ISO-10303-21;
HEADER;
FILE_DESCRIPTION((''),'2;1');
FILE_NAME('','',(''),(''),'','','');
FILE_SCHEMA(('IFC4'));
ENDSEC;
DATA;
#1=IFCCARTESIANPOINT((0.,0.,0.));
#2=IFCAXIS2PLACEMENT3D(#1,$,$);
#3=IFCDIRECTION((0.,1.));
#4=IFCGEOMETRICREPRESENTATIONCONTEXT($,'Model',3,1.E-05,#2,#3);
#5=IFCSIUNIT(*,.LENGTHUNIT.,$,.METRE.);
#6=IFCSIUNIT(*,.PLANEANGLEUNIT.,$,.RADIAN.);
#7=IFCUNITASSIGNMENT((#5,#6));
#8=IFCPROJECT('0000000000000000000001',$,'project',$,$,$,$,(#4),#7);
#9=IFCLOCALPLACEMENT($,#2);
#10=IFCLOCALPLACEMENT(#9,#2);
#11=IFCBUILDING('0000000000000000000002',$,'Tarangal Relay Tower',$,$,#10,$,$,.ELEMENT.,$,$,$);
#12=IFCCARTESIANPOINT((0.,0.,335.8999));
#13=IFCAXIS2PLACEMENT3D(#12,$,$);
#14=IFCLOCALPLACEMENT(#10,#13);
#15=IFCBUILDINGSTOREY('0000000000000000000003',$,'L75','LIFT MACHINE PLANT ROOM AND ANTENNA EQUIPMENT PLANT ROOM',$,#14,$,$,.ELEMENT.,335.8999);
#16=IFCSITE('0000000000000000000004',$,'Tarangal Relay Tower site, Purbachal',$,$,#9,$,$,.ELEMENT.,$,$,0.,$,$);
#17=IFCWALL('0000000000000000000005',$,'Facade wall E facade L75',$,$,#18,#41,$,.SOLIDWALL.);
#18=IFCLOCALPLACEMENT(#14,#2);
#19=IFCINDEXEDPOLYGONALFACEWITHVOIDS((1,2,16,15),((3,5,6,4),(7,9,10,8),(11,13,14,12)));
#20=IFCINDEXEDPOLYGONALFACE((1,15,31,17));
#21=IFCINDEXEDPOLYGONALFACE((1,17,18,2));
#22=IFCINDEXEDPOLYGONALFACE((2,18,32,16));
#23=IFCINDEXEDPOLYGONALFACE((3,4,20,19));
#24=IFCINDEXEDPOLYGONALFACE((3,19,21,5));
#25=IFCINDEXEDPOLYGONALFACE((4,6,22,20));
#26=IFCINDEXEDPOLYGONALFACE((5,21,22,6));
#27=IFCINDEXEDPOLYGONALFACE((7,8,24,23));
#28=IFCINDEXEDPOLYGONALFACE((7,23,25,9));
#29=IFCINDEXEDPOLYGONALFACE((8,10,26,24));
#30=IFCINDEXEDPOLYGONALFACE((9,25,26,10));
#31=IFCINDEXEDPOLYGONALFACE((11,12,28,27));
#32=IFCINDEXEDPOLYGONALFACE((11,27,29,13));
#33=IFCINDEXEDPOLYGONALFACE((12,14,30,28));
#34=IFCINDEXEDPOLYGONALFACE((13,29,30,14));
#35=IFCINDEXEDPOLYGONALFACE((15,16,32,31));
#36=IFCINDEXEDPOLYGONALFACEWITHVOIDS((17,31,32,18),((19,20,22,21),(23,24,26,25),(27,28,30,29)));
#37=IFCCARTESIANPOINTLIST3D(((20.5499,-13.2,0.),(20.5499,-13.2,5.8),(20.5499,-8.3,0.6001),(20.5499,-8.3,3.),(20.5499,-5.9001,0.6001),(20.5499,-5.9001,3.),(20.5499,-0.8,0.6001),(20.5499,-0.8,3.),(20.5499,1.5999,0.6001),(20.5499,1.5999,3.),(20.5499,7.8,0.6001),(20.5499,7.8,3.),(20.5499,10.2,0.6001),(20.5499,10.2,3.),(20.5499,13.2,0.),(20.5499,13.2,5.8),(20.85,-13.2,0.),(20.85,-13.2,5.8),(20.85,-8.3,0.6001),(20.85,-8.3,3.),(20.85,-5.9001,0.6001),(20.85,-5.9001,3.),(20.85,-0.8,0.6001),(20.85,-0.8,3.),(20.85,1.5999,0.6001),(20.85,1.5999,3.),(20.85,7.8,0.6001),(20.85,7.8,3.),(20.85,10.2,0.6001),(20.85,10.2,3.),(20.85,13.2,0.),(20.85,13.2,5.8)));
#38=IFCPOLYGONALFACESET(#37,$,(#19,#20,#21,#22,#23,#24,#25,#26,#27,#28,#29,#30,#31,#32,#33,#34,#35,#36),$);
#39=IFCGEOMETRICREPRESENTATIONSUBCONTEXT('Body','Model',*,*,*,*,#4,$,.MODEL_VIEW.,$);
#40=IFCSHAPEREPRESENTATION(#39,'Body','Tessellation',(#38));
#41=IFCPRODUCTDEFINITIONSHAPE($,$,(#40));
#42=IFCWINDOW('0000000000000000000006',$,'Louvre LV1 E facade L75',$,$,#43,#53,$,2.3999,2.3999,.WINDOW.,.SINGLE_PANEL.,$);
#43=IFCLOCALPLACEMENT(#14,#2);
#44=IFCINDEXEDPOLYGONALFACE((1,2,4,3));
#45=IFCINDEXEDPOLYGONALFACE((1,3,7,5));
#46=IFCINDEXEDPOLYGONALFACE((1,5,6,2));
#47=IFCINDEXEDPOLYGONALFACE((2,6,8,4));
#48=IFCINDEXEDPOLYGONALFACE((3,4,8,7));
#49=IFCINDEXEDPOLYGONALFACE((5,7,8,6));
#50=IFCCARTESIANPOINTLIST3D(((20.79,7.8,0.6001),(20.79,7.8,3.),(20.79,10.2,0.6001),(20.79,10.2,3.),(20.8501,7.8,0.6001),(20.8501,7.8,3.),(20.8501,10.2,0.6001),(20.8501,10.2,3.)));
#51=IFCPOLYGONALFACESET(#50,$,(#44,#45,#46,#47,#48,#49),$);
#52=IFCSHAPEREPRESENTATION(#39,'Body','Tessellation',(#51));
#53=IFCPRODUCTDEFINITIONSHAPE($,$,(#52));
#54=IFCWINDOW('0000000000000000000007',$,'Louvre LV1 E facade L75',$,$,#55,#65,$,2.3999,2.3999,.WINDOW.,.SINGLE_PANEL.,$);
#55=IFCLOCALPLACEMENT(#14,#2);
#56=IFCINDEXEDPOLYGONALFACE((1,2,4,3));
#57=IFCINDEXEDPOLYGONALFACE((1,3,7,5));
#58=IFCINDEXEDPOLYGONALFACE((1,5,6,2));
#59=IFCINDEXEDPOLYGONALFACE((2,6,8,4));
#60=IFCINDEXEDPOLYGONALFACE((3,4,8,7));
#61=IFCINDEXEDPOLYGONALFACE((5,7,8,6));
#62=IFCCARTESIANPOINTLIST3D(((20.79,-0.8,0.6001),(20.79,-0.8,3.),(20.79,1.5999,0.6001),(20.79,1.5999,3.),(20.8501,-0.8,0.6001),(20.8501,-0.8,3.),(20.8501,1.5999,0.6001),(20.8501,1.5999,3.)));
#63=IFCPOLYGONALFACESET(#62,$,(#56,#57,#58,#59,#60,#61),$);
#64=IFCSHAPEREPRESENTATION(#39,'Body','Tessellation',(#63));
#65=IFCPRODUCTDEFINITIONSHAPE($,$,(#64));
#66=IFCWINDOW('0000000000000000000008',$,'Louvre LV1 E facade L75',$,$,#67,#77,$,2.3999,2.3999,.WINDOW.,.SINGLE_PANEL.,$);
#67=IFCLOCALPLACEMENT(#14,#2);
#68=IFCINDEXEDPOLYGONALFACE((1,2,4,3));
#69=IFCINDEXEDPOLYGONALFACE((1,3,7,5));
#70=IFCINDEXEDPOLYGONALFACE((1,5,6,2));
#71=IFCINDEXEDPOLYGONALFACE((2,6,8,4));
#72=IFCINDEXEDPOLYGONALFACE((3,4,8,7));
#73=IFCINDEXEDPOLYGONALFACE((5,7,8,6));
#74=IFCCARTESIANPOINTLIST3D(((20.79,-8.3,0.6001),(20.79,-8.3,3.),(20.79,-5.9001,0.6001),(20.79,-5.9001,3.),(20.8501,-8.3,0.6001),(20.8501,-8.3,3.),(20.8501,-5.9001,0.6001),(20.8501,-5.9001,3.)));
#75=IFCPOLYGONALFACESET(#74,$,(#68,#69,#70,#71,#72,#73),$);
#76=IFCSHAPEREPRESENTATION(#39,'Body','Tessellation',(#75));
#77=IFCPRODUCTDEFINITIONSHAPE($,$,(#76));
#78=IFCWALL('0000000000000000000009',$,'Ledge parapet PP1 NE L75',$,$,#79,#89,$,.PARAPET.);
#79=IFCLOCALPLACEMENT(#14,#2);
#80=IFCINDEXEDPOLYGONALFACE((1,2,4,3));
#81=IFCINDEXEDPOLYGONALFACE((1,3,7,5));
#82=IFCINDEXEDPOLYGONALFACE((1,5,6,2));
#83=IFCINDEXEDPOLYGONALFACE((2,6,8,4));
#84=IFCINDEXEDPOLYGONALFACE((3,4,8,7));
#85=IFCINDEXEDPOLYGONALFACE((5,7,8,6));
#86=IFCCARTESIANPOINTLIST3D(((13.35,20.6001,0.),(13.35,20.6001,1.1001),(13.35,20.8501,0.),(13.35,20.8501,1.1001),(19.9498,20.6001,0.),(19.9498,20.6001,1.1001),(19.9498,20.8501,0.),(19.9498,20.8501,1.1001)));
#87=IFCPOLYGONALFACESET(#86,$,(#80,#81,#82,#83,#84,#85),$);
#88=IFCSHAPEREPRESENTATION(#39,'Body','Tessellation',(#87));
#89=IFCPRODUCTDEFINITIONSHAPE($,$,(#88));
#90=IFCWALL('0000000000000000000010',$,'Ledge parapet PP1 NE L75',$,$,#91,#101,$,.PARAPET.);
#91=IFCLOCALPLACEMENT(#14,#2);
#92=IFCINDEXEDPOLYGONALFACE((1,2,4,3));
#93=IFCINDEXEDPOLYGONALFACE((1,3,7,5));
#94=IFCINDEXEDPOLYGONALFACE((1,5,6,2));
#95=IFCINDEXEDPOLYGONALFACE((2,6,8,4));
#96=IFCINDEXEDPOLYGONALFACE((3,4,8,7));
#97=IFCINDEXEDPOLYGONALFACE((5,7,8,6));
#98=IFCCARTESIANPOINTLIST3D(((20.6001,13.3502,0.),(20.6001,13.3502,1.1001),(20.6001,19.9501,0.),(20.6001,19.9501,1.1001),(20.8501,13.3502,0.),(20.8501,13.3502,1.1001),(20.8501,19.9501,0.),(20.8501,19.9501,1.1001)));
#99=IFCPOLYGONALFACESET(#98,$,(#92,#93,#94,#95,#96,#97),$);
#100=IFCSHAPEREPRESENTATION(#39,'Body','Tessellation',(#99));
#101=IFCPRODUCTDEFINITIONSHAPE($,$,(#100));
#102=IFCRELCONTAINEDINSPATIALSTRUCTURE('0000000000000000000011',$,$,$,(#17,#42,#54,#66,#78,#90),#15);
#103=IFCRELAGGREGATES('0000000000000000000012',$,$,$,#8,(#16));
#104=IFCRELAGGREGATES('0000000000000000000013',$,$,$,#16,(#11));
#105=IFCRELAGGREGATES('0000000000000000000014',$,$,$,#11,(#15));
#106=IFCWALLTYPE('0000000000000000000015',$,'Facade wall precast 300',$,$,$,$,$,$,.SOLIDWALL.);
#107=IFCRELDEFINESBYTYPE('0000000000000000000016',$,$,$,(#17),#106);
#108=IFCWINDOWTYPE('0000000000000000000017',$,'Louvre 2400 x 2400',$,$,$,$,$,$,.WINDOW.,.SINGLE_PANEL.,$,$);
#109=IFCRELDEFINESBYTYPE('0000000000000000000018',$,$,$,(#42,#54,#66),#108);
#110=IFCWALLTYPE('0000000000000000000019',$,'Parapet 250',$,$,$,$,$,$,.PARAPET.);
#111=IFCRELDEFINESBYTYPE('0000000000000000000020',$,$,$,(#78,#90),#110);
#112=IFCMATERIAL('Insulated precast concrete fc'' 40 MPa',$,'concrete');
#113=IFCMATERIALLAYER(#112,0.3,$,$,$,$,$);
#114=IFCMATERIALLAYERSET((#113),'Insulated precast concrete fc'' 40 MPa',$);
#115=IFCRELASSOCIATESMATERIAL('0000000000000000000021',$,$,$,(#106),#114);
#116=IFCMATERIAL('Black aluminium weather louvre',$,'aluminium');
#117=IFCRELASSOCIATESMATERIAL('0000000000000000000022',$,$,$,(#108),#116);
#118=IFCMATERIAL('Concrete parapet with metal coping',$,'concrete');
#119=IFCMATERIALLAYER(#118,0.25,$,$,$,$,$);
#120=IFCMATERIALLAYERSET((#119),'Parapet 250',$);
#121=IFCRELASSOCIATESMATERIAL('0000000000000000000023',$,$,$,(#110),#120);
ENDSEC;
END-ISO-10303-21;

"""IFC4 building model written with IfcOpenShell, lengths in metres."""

from ifc_helpers import new_model, si_unit, direction, frame, frame_2d, origin, place, context, subcontext, project, spatial, rectangle, extrude, material, layer, layer_set, type_object, element, fill, save


model = new_model("IFC4")

# Units and contexts
model_context = context("Model", 3, precision=1e-05, world=origin(), true_north=direction((0.0, 1.0)))
body_context = subcontext(model_context, "Body", "Model", "MODEL_VIEW")
ifc_project = project(units=[si_unit("LENGTHUNIT", "METRE"), si_unit("PLANEANGLEUNIT", "RADIAN")], contexts=[model_context])

# Site, building, storey
site_placement = place(None, origin())
site = spatial("IfcSite", under=ifc_project, at=site_placement, Name="Tarangal Relay Tower site, Purbachal", CompositionType="ELEMENT", RefElevation=0.0)
building_placement = place(site_placement, origin())
building = spatial("IfcBuilding", under=site, at=building_placement, Name="Tarangal Relay Tower", CompositionType="ELEMENT")
storey_placement = place(building_placement, frame((0.0, 0.0, 335.8999)))
storey = spatial("IfcBuildingStorey", under=building, at=storey_placement, Name="L75", Description="LIFT MACHINE PLANT ROOM AND ANTENNA EQUIPMENT PLANT ROOM", CompositionType="ELEMENT", Elevation=335.8999)

# Shared definitions
ifc_material_1 = material(Name="Insulated precast concrete fc' 40 MPa", Category="concrete")
ifc_layer_1 = layer(ifc_material_1, 0.3)
ifc_layer_set_1 = layer_set([ifc_layer_1], Name="Insulated precast concrete fc' 40 MPa")
wall_type_1 = type_object("IfcWallType", Name="Facade wall precast 300", PredefinedType="SOLIDWALL", material=ifc_layer_set_1)

# Wall, openings, windows
wall_1_placement = place(storey_placement, frame((20.7, 13.2, 0.0), z_axis=(0.0, 0.0, 1.0), x_axis=(0.0, -1.0, 0.0)))
wall_1 = element("IfcWall", 1, at=wall_1_placement, inside=storey, type_object=wall_type_1, Name="Facade wall E facade L75", PredefinedType="SOLIDWALL", context=body_context, shape_type="SweptSolid", body=[
    extrude(rectangle(XDim=26.3999, YDim=0.3, at=frame_2d((13.2, 0.0))), origin(), (0.0, 0.0, 1.0), 5.8),
])
opening_1_placement = place(wall_1_placement, frame((3.0, 0.0, 0.6001)))
opening_1 = element("IfcOpeningElement", 2, at=opening_1_placement, cuts=wall_1, PredefinedType="OPENING", context=body_context, shape_type="SweptSolid", body=[
    extrude(rectangle(XDim=2.3999, YDim=2.3999, at=frame_2d((1.2, 1.2))), frame((0.0, 0.1599, 0.0), z_axis=(0.0, -1.0, 0.0), x_axis=(1.0, 0.0, 0.0)), (0.0, 0.0, 1.0), 0.3201),
])
opening_2_placement = place(wall_1_placement, frame((11.6001, 0.0, 0.6001)))
opening_2 = element("IfcOpeningElement", 3, at=opening_2_placement, cuts=wall_1, PredefinedType="OPENING", context=body_context, shape_type="SweptSolid", body=[
    extrude(rectangle(XDim=2.3999, YDim=2.3999, at=frame_2d((1.2, 1.2))), frame((0.0, 0.1599, 0.0), z_axis=(0.0, -1.0, 0.0), x_axis=(1.0, 0.0, 0.0)), (0.0, 0.0, 1.0), 0.3201),
])
opening_3_placement = place(wall_1_placement, frame((19.1001, 0.0, 0.6001)))
opening_3 = element("IfcOpeningElement", 4, at=opening_3_placement, cuts=wall_1, PredefinedType="OPENING", context=body_context, shape_type="SweptSolid", body=[
    extrude(rectangle(XDim=2.3999, YDim=2.3999, at=frame_2d((1.2, 1.2))), frame((0.0, 0.1599, 0.0), z_axis=(0.0, -1.0, 0.0), x_axis=(1.0, 0.0, 0.0)), (0.0, 0.0, 1.0), 0.3201),
])
ifc_material_2 = material(Name="Black aluminium weather louvre", Category="aluminium")
window_type = type_object("IfcWindowType", Name="Louvre 2400 x 2400", PartitioningType="SINGLE_PANEL", PredefinedType="WINDOW", material=ifc_material_2)
window_1_placement = place(opening_1_placement, origin())
window_1 = element("IfcWindow", 5, at=window_1_placement, inside=storey, type_object=window_type, Name="Louvre LV1 E facade L75", OverallHeight=2.3999, OverallWidth=2.3999, PartitioningType="SINGLE_PANEL", PredefinedType="WINDOW", context=body_context, shape_type="SweptSolid", body=[
    extrude(rectangle(XDim=2.3999, YDim=2.3999, at=frame_2d((1.2, 1.2))), frame((0.0, 0.1501, 0.0), z_axis=(0.0, -1.0, 0.0), x_axis=(1.0, 0.0, 0.0)), (0.0, 0.0, 1.0), 0.0601),
])
fill(opening_1, window_1)
window_2_placement = place(opening_2_placement, origin())
window_2 = element("IfcWindow", 6, at=window_2_placement, inside=storey, type_object=window_type, Name="Louvre LV1 E facade L75", OverallHeight=2.3999, OverallWidth=2.3999, PartitioningType="SINGLE_PANEL", PredefinedType="WINDOW", context=body_context, shape_type="SweptSolid", body=[
    extrude(rectangle(XDim=2.3999, YDim=2.3999, at=frame_2d((1.2, 1.2))), frame((0.0, 0.1501, 0.0), z_axis=(0.0, -1.0, 0.0), x_axis=(1.0, 0.0, 0.0)), (0.0, 0.0, 1.0), 0.0601),
])
fill(opening_2, window_2)
window_3_placement = place(opening_3_placement, origin())
window_3 = element("IfcWindow", 7, at=window_3_placement, inside=storey, type_object=window_type, Name="Louvre LV1 E facade L75", OverallHeight=2.3999, OverallWidth=2.3999, PartitioningType="SINGLE_PANEL", PredefinedType="WINDOW", context=body_context, shape_type="SweptSolid", body=[
    extrude(rectangle(XDim=2.3999, YDim=2.3999, at=frame_2d((1.2, 1.2))), frame((0.0, 0.1501, 0.0), z_axis=(0.0, -1.0, 0.0), x_axis=(1.0, 0.0, 0.0)), (0.0, 0.0, 1.0), 0.0601),
])
fill(opening_3, window_3)

# Walls
ifc_material_3 = material(Name="Concrete parapet with metal coping", Category="concrete")
ifc_layer_2 = layer(ifc_material_3, 0.25)
ifc_layer_set_2 = layer_set([ifc_layer_2], Name="Parapet 250")
wall_type_2 = type_object("IfcWallType", Name="Parapet 250", PredefinedType="PARAPET", material=ifc_layer_set_2)
for number, where, z_axis, x_axis, name in (
    (8, (13.3501, 20.7251, 0.0), (0.0, 0.0, 1.0), (1.0, 0.0, 0.0), "Ledge parapet PP1 NE L75"),
    (9, (20.7251, 19.95, 0.0), (0.0, 0.0, 1.0), (0.0, -1.0, 0.0), "Ledge parapet PP1 NE L75"),
):
    element("IfcWall", number, at=place(storey_placement, frame(where, z_axis=z_axis, x_axis=x_axis)), inside=storey, type_object=wall_type_2, Name=name, PredefinedType="PARAPET", context=body_context, shape_type="SweptSolid", body=[
        extrude(rectangle(XDim=6.5999, YDim=0.25, at=frame_2d((3.2998, 0.0))), origin(), (0.0, 0.0, 1.0), 1.1001),
    ])

save(model, "model.ifc")
